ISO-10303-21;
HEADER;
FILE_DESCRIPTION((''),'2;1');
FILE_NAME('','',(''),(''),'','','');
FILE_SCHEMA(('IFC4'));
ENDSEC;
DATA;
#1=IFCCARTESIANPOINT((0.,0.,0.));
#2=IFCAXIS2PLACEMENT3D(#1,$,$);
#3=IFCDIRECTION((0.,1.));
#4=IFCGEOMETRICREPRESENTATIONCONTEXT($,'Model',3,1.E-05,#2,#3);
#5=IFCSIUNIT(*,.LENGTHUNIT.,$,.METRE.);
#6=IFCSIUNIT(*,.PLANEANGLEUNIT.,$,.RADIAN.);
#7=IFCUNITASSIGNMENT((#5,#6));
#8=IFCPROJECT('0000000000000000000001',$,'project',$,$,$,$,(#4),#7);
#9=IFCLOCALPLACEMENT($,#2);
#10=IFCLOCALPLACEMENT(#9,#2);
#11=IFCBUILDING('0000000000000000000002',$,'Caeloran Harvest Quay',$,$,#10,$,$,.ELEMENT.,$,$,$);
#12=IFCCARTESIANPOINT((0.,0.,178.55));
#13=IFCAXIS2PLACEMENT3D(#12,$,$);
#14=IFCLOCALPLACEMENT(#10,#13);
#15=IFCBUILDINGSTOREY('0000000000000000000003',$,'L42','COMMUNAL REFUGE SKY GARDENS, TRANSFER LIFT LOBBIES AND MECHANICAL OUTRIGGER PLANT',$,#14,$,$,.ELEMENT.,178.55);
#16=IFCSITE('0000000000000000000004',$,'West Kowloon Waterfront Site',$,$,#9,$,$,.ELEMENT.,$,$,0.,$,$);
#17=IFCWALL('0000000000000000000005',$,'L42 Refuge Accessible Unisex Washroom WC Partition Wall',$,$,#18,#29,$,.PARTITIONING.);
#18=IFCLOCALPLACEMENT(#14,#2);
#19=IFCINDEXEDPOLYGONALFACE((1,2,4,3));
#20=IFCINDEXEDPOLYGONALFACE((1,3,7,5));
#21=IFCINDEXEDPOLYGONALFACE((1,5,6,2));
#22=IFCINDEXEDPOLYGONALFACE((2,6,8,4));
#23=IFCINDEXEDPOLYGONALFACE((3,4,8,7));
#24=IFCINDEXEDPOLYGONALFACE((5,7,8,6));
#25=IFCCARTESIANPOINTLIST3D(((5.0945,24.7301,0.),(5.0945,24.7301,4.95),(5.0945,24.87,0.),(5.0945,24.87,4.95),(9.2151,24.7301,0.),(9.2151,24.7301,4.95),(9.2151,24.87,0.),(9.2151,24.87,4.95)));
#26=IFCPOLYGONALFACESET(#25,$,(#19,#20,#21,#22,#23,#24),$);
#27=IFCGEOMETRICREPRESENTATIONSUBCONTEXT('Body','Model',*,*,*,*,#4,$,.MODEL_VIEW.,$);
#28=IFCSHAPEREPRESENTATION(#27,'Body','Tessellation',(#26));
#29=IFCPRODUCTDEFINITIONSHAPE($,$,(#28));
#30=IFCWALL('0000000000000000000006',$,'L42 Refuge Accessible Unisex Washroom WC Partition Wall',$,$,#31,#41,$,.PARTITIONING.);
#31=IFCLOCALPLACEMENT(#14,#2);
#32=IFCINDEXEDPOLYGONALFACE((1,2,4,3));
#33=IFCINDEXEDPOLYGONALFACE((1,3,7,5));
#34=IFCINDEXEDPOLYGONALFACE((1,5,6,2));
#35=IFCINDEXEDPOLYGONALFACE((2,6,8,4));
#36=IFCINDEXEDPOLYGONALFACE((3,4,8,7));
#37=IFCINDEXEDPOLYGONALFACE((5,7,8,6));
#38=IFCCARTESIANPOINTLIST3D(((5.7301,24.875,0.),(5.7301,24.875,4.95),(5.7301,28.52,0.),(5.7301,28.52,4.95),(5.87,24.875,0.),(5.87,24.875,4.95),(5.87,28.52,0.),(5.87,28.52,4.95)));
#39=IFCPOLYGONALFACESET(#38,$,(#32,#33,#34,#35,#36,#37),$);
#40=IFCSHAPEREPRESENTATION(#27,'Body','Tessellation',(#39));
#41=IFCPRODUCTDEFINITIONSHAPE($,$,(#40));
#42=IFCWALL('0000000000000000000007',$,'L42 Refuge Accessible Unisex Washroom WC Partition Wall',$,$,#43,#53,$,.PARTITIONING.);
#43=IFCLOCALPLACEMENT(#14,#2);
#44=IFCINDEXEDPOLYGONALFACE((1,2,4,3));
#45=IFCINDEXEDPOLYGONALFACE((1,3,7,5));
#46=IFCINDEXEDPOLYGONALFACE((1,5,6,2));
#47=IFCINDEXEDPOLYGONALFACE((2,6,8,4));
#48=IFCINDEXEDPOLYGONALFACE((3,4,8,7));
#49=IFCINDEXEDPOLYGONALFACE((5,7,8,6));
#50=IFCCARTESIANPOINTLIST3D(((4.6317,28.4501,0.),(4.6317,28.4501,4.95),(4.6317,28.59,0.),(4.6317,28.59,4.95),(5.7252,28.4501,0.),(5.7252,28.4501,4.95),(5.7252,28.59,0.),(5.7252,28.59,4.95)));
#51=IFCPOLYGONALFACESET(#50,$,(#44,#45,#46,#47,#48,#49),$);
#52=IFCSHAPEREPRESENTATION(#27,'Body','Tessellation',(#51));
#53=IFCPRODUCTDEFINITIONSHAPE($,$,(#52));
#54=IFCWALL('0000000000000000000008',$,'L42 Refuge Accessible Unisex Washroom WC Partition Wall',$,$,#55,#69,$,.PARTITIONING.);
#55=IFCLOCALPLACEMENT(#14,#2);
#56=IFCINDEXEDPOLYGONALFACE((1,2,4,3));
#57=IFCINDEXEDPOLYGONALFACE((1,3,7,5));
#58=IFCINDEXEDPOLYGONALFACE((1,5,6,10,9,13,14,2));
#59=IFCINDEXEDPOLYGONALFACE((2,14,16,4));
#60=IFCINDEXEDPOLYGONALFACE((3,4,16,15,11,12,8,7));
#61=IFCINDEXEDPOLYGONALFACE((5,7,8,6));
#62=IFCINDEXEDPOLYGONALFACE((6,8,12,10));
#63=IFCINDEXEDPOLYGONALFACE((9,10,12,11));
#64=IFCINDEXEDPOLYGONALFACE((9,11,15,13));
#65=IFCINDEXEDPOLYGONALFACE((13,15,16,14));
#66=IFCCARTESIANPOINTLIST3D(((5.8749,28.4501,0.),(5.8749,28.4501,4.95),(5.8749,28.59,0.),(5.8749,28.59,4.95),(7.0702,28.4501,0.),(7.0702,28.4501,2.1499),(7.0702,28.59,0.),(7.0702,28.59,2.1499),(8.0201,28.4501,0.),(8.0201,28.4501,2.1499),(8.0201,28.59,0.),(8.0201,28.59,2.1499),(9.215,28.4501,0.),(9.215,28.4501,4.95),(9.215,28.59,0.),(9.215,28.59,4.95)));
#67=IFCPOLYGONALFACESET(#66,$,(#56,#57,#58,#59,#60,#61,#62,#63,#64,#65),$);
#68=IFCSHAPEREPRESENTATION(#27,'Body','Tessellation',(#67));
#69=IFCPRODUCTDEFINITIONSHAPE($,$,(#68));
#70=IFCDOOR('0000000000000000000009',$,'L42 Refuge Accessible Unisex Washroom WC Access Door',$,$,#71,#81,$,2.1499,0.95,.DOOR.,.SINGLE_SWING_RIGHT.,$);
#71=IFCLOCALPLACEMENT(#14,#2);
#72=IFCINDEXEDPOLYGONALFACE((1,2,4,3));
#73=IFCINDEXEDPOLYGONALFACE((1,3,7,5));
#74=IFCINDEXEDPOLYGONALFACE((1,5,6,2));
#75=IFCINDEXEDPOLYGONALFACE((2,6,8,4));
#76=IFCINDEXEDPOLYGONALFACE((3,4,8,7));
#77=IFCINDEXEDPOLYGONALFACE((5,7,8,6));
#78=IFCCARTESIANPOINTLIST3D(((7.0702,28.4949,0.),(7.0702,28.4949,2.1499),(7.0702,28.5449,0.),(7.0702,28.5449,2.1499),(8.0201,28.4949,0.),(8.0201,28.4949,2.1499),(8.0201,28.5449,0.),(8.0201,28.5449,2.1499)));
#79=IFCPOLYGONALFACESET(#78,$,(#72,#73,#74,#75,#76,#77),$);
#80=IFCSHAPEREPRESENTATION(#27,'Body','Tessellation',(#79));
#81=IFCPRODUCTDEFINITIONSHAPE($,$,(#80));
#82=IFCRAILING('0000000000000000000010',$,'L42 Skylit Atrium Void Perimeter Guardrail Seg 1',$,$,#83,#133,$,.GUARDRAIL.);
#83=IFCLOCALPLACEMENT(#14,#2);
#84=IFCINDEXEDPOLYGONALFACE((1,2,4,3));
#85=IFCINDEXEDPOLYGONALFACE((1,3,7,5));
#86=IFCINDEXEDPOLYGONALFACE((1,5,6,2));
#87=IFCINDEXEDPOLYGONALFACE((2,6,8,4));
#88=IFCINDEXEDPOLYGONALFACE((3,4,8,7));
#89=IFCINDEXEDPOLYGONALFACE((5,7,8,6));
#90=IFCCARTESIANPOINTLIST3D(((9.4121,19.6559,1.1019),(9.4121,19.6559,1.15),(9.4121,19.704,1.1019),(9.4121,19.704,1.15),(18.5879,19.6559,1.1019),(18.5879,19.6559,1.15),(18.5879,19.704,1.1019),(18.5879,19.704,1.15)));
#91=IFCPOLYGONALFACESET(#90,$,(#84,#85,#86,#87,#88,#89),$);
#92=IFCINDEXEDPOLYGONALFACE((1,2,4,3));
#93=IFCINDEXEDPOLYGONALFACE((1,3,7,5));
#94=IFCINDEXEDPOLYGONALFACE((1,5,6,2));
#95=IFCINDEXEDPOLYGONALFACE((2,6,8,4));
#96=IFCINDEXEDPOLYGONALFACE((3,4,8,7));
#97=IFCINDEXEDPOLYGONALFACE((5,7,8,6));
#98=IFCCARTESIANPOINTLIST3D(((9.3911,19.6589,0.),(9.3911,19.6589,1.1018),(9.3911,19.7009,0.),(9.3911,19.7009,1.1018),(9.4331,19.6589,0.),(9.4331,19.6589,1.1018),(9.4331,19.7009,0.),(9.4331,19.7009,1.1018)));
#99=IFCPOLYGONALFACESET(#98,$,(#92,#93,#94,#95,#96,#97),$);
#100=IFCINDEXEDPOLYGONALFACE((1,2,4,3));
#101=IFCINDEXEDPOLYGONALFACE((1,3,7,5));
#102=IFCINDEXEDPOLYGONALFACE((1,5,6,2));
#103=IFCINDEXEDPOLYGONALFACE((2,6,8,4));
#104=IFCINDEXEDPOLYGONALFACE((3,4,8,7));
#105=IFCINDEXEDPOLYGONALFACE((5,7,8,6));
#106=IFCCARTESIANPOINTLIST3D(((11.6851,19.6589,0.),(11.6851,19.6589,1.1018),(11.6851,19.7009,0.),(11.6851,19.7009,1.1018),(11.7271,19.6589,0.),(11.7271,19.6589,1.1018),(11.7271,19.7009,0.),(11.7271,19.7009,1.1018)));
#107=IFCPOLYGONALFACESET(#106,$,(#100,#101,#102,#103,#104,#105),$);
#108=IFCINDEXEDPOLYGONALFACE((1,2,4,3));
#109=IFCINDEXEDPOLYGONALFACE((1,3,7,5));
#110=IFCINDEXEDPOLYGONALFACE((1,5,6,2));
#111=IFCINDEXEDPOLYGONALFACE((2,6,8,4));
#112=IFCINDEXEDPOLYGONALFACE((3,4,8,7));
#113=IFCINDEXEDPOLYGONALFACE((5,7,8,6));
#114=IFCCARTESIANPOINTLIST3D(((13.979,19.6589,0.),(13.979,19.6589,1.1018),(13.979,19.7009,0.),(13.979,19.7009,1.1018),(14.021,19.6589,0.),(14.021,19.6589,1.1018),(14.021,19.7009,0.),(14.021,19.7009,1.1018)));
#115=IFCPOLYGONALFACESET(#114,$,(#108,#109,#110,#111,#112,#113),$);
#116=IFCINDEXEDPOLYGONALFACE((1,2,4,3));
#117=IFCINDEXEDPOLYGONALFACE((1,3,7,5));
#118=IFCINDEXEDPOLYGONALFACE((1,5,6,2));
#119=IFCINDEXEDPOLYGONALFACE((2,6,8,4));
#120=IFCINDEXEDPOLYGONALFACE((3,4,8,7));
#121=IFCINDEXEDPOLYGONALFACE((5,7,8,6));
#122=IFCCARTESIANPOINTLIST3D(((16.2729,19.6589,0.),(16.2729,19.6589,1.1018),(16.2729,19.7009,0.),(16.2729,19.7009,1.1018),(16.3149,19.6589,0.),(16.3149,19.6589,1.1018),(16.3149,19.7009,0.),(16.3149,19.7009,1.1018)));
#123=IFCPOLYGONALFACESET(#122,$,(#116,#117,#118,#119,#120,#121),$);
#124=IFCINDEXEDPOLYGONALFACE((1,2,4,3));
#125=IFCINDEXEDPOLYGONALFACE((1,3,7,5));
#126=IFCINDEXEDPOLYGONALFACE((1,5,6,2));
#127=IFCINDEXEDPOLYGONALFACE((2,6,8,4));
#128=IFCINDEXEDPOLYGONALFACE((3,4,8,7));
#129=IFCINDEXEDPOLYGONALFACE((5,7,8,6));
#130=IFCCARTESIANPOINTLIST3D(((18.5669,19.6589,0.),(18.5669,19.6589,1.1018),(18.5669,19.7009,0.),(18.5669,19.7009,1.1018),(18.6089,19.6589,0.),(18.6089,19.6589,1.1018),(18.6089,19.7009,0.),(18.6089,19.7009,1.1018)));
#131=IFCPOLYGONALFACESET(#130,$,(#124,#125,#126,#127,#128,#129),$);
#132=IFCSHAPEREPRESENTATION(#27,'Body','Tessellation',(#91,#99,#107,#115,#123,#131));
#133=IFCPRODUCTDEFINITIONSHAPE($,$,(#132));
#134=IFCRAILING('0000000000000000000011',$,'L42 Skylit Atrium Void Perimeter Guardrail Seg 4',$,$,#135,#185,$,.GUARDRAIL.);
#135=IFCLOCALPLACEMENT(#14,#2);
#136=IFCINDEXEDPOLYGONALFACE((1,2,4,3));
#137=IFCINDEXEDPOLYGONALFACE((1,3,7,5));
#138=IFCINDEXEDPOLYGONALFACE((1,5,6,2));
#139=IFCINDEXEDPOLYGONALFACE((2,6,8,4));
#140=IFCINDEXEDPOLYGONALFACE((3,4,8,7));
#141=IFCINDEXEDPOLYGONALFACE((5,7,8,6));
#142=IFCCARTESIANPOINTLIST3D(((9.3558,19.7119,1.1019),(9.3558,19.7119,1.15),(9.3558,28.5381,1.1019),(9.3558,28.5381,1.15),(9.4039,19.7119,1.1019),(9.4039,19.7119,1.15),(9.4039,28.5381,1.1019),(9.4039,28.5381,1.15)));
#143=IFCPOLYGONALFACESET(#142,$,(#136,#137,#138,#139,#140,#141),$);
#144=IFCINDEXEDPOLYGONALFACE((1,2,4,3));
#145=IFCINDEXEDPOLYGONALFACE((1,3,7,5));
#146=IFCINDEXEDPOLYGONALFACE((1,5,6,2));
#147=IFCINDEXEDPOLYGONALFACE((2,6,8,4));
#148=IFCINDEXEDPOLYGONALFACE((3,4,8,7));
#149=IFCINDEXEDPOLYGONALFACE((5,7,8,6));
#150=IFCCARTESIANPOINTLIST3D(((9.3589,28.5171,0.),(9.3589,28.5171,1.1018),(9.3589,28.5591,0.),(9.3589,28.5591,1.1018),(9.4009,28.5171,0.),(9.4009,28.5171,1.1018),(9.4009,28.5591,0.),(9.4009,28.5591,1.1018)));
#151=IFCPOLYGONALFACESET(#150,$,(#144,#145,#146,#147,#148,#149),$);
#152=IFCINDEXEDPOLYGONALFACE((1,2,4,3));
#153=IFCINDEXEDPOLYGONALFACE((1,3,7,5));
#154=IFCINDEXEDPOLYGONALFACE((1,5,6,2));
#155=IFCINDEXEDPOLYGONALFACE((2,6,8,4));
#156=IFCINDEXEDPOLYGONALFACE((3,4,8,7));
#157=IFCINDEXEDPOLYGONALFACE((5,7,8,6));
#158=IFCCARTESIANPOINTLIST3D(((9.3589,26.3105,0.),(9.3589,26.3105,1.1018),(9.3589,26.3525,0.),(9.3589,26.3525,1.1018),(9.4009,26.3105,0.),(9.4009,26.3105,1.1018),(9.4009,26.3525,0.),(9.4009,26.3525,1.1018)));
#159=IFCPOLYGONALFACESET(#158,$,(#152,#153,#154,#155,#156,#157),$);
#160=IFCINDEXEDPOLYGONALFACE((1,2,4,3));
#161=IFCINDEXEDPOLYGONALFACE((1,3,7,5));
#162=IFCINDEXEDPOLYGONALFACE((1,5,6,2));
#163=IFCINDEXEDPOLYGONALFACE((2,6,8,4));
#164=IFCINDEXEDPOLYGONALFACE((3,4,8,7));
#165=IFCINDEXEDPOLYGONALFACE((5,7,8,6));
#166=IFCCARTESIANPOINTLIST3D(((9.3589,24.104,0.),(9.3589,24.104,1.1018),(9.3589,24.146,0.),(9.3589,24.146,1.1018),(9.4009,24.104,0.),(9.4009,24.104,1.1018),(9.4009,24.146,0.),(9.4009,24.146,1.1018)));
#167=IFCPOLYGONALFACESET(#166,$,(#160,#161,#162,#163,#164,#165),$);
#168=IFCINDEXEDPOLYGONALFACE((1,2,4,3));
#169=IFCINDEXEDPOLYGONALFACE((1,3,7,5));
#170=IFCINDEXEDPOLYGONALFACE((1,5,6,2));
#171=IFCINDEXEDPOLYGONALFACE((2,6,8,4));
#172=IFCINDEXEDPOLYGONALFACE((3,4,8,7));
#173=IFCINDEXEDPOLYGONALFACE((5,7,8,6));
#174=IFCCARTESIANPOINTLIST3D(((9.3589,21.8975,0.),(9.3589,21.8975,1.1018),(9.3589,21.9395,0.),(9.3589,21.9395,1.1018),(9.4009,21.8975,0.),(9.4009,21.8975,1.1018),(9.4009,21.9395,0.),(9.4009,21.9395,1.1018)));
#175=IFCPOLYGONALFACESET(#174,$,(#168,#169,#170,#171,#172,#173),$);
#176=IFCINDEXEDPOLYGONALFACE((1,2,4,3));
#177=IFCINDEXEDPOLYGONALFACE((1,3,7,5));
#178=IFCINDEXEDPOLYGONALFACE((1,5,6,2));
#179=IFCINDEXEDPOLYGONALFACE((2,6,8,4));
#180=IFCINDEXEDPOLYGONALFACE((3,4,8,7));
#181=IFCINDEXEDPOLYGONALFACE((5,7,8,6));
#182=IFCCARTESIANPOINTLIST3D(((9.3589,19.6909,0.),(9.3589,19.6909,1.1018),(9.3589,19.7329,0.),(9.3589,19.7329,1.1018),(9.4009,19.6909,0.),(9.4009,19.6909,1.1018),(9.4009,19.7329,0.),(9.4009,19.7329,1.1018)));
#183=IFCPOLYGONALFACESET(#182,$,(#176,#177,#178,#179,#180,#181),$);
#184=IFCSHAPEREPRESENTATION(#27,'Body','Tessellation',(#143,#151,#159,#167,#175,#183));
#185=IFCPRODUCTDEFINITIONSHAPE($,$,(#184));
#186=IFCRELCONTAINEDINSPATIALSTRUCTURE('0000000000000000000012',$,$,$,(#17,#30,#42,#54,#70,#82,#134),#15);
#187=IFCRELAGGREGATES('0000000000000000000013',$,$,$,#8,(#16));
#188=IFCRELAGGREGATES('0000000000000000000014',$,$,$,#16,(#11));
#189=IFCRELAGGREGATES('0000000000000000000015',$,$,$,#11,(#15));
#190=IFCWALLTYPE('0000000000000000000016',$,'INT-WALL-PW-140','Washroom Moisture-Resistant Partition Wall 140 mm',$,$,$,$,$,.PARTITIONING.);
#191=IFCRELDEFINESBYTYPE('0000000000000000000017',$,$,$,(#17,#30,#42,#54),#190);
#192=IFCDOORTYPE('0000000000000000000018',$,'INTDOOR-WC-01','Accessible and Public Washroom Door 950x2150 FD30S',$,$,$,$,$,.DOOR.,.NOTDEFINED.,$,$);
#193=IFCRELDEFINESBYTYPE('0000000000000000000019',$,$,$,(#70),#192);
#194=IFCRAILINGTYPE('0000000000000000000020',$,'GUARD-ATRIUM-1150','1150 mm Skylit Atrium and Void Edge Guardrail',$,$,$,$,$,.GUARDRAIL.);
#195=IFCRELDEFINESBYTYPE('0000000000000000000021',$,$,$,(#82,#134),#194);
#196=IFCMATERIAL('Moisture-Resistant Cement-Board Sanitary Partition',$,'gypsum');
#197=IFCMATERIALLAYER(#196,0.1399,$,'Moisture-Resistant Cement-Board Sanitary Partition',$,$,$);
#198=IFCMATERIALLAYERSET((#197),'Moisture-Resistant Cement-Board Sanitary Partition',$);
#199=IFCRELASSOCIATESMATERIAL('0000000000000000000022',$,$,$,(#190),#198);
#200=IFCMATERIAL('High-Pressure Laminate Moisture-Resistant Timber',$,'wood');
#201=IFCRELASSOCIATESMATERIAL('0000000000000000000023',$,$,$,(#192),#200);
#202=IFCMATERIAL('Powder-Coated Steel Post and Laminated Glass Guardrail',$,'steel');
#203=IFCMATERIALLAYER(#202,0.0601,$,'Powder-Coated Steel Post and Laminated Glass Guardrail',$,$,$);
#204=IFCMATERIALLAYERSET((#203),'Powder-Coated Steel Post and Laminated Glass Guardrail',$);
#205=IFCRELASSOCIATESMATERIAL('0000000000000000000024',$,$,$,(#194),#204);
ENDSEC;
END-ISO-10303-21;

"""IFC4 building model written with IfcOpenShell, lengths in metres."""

from ifc_helpers import new_model, si_unit, direction, frame, frame_2d, origin, origin_2d, place, context, subcontext, project, spatial, rectangle, extrude, material, layer, layer_set, type_object, element, fill, save


model = new_model("IFC4")

# Units and contexts
model_context = context("Model", 3, precision=1e-05, world=origin(), true_north=direction((0.0, 1.0)))
body_context = subcontext(model_context, "Body", "Model", "MODEL_VIEW")
ifc_project = project(units=[si_unit("LENGTHUNIT", "METRE"), si_unit("PLANEANGLEUNIT", "RADIAN")], contexts=[model_context])

# Site, building, storey
site_placement = place(None, origin())
site = spatial("IfcSite", under=ifc_project, at=site_placement, Name="West Kowloon Waterfront Site", CompositionType="ELEMENT", RefElevation=0.0)
building_placement = place(site_placement, origin())
building = spatial("IfcBuilding", under=site, at=building_placement, Name="Caeloran Harvest Quay", CompositionType="ELEMENT")
storey_placement = place(building_placement, frame((0.0, 0.0, 178.55)))
storey = spatial("IfcBuildingStorey", under=building, at=storey_placement, Name="L42", Description="COMMUNAL REFUGE SKY GARDENS, TRANSFER LIFT LOBBIES AND MECHANICAL OUTRIGGER PLANT", CompositionType="ELEMENT", Elevation=178.55)

# Walls
ifc_material_1 = material(Name="Moisture-Resistant Cement-Board Sanitary Partition", Category="gypsum")
ifc_layer_1 = layer(ifc_material_1, 0.1399, Name="Moisture-Resistant Cement-Board Sanitary Partition")
ifc_layer_set_1 = layer_set([ifc_layer_1], Name="Moisture-Resistant Cement-Board Sanitary Partition")
wall_type = type_object("IfcWallType", Name="INT-WALL-PW-140", Description="Washroom Moisture-Resistant Partition Wall 140 mm", PredefinedType="PARTITIONING", material=ifc_layer_set_1)
wall_1_placement = place(storey_placement, frame((9.2151, 24.8, 0.0), z_axis=(0.0, 0.0, 1.0), x_axis=(-1.0, 0.0, 0.0)))
element("IfcWall", 1, at=wall_1_placement, inside=storey, type_object=wall_type, Name="L42 Refuge Accessible Unisex Washroom WC Partition Wall", PredefinedType="PARTITIONING", context=body_context, shape_type="SweptSolid", body=[
    extrude(rectangle(XDim=4.1206, YDim=0.1399, at=frame_2d((2.0603, 0.0))), origin(), (0.0, 0.0, 1.0), 4.95),
])
wall_2_placement = place(storey_placement, frame((5.8, 24.875, 0.0), z_axis=(0.0, 0.0, 1.0), x_axis=(0.0, 1.0, 0.0)))
element("IfcWall", 2, at=wall_2_placement, inside=storey, type_object=wall_type, Name="L42 Refuge Accessible Unisex Washroom WC Partition Wall", PredefinedType="PARTITIONING", context=body_context, shape_type="SweptSolid", body=[
    extrude(rectangle(XDim=3.645, YDim=0.1399, at=frame_2d((1.8225, 0.0))), origin(), (0.0, 0.0, 1.0), 4.95),
])
wall_3_placement = place(storey_placement, frame((4.6316, 28.52, 0.0), z_axis=(0.0, 0.0, 1.0), x_axis=(1.0, 0.0, 0.0)))
element("IfcWall", 3, at=wall_3_placement, inside=storey, type_object=wall_type, Name="L42 Refuge Accessible Unisex Washroom WC Partition Wall", PredefinedType="PARTITIONING", context=body_context, shape_type="SweptSolid", body=[
    extrude(rectangle(XDim=1.0935, YDim=0.1399, at=frame_2d((0.5469, 0.0))), origin(), (0.0, 0.0, 1.0), 4.95),
])

# Wall, opening, door
wall_4_placement = place(storey_placement, frame((5.875, 28.52, 0.0), z_axis=(0.0, 0.0, 1.0), x_axis=(1.0, 0.0, 0.0)))
wall_4 = element("IfcWall", 4, at=wall_4_placement, inside=storey, type_object=wall_type, Name="L42 Refuge Accessible Unisex Washroom WC Partition Wall", PredefinedType="PARTITIONING", context=body_context, shape_type="SweptSolid", body=[
    extrude(rectangle(XDim=3.3401, YDim=0.1399, at=frame_2d((1.6699, 0.0))), origin(), (0.0, 0.0, 1.0), 4.95),
])
opening_placement = place(wall_4_placement, frame((1.1951, 0.0, 0.0)))
opening = element("IfcOpeningElement", 5, at=opening_placement, cuts=wall_4, PredefinedType="OPENING", context=body_context, shape_type="SweptSolid", body=[
    extrude(rectangle(XDim=0.95, YDim=2.1499, at=frame_2d((0.4751, 1.075))), frame((0.0, 0.0801, 0.0), z_axis=(0.0, -1.0, 0.0), x_axis=(1.0, 0.0, 0.0)), (0.0, 0.0, 1.0), 0.1599),
])
ifc_material_2 = material(Name="High-Pressure Laminate Moisture-Resistant Timber", Category="wood")
door_type = type_object("IfcDoorType", Name="INTDOOR-WC-01", Description="Accessible and Public Washroom Door 950x2150 FD30S", OperationType="NOTDEFINED", PredefinedType="DOOR", material=ifc_material_2)
door_placement = place(opening_placement, origin())
door = element("IfcDoor", 6, at=door_placement, inside=storey, type_object=door_type, Name="L42 Refuge Accessible Unisex Washroom WC Access Door", OperationType="SINGLE_SWING_RIGHT", OverallHeight=2.1499, OverallWidth=0.95, PredefinedType="DOOR", context=body_context, shape_type="SweptSolid", body=[
    extrude(rectangle(XDim=0.95, YDim=2.1499, at=frame_2d((0.4751, 1.075))), frame((0.0, 0.0249, 0.0), z_axis=(0.0, -1.0, 0.0), x_axis=(1.0, 0.0, 0.0)), (0.0, 0.0, 1.0), 0.05),
])
fill(opening, door)

# Railings
ifc_material_3 = material(Name="Powder-Coated Steel Post and Laminated Glass Guardrail", Category="steel")
ifc_layer_2 = layer(ifc_material_3, 0.0601, Name="Powder-Coated Steel Post and Laminated Glass Guardrail")
ifc_layer_set_2 = layer_set([ifc_layer_2], Name="Powder-Coated Steel Post and Laminated Glass Guardrail")
railing_type = type_object("IfcRailingType", Name="GUARD-ATRIUM-1150", Description="1150 mm Skylit Atrium and Void Edge Guardrail", PredefinedType="GUARDRAIL", material=ifc_layer_set_2)
railing_1_placement = place(storey_placement, frame((9.4121, 19.6799, 0.0)))
element("IfcRailing", 7, at=railing_1_placement, inside=storey, type_object=railing_type, Name="L42 Skylit Atrium Void Perimeter Guardrail Seg 1", PredefinedType="GUARDRAIL", context=body_context, shape_type="SweptSolid", body=[
    extrude(rectangle(XDim=0.0481, YDim=0.0481, at=origin_2d()), frame((0.0, 0.0, 1.126), z_axis=(1.0, 0.0, 0.0), x_axis=(0.0, 1.0, 0.0)), (0.0, 0.0, 1.0), 9.1758),
    extrude(rectangle(XDim=0.042, YDim=0.042, at=origin_2d()), origin(), (0.0, 0.0, 1.0), 1.1018),
    extrude(rectangle(XDim=0.042, YDim=0.042, at=origin_2d()), frame((2.2939, 0.0, 0.0)), (0.0, 0.0, 1.0), 1.1018),
    extrude(rectangle(XDim=0.042, YDim=0.042, at=origin_2d()), frame((4.5879, 0.0, 0.0)), (0.0, 0.0, 1.0), 1.1018),
    extrude(rectangle(XDim=0.042, YDim=0.042, at=origin_2d()), frame((6.8818, 0.0, 0.0)), (0.0, 0.0, 1.0), 1.1018),
    extrude(rectangle(XDim=0.042, YDim=0.042, at=origin_2d()), frame((9.1758, 0.0, 0.0)), (0.0, 0.0, 1.0), 1.1018),
])
railing_2_placement = place(storey_placement, frame((9.3799, 28.5381, 0.0)))
element("IfcRailing", 8, at=railing_2_placement, inside=storey, type_object=railing_type, Name="L42 Skylit Atrium Void Perimeter Guardrail Seg 4", PredefinedType="GUARDRAIL", context=body_context, shape_type="SweptSolid", body=[
    extrude(rectangle(XDim=0.0481, YDim=0.0481, at=origin_2d()), frame((0.0, 0.0, 1.126), z_axis=(0.0, -1.0, 0.0), x_axis=(1.0, 0.0, 0.0)), (0.0, 0.0, 1.0), 8.8262),
    extrude(rectangle(XDim=0.042, YDim=0.042, at=origin_2d()), origin(), (0.0, 0.0, 1.0), 1.1018),
    extrude(rectangle(XDim=0.042, YDim=0.042, at=origin_2d()), frame((0.0, -2.2065, 0.0)), (0.0, 0.0, 1.0), 1.1018),
    extrude(rectangle(XDim=0.042, YDim=0.042, at=origin_2d()), frame((0.0, -4.4131, 0.0)), (0.0, 0.0, 1.0), 1.1018),
    extrude(rectangle(XDim=0.042, YDim=0.042, at=origin_2d()), frame((0.0, -6.6196, 0.0)), (0.0, 0.0, 1.0), 1.1018),
    extrude(rectangle(XDim=0.042, YDim=0.042, at=origin_2d()), frame((0.0, -8.8262, 0.0)), (0.0, 0.0, 1.0), 1.1018),
])

save(model, "model.ifc")
